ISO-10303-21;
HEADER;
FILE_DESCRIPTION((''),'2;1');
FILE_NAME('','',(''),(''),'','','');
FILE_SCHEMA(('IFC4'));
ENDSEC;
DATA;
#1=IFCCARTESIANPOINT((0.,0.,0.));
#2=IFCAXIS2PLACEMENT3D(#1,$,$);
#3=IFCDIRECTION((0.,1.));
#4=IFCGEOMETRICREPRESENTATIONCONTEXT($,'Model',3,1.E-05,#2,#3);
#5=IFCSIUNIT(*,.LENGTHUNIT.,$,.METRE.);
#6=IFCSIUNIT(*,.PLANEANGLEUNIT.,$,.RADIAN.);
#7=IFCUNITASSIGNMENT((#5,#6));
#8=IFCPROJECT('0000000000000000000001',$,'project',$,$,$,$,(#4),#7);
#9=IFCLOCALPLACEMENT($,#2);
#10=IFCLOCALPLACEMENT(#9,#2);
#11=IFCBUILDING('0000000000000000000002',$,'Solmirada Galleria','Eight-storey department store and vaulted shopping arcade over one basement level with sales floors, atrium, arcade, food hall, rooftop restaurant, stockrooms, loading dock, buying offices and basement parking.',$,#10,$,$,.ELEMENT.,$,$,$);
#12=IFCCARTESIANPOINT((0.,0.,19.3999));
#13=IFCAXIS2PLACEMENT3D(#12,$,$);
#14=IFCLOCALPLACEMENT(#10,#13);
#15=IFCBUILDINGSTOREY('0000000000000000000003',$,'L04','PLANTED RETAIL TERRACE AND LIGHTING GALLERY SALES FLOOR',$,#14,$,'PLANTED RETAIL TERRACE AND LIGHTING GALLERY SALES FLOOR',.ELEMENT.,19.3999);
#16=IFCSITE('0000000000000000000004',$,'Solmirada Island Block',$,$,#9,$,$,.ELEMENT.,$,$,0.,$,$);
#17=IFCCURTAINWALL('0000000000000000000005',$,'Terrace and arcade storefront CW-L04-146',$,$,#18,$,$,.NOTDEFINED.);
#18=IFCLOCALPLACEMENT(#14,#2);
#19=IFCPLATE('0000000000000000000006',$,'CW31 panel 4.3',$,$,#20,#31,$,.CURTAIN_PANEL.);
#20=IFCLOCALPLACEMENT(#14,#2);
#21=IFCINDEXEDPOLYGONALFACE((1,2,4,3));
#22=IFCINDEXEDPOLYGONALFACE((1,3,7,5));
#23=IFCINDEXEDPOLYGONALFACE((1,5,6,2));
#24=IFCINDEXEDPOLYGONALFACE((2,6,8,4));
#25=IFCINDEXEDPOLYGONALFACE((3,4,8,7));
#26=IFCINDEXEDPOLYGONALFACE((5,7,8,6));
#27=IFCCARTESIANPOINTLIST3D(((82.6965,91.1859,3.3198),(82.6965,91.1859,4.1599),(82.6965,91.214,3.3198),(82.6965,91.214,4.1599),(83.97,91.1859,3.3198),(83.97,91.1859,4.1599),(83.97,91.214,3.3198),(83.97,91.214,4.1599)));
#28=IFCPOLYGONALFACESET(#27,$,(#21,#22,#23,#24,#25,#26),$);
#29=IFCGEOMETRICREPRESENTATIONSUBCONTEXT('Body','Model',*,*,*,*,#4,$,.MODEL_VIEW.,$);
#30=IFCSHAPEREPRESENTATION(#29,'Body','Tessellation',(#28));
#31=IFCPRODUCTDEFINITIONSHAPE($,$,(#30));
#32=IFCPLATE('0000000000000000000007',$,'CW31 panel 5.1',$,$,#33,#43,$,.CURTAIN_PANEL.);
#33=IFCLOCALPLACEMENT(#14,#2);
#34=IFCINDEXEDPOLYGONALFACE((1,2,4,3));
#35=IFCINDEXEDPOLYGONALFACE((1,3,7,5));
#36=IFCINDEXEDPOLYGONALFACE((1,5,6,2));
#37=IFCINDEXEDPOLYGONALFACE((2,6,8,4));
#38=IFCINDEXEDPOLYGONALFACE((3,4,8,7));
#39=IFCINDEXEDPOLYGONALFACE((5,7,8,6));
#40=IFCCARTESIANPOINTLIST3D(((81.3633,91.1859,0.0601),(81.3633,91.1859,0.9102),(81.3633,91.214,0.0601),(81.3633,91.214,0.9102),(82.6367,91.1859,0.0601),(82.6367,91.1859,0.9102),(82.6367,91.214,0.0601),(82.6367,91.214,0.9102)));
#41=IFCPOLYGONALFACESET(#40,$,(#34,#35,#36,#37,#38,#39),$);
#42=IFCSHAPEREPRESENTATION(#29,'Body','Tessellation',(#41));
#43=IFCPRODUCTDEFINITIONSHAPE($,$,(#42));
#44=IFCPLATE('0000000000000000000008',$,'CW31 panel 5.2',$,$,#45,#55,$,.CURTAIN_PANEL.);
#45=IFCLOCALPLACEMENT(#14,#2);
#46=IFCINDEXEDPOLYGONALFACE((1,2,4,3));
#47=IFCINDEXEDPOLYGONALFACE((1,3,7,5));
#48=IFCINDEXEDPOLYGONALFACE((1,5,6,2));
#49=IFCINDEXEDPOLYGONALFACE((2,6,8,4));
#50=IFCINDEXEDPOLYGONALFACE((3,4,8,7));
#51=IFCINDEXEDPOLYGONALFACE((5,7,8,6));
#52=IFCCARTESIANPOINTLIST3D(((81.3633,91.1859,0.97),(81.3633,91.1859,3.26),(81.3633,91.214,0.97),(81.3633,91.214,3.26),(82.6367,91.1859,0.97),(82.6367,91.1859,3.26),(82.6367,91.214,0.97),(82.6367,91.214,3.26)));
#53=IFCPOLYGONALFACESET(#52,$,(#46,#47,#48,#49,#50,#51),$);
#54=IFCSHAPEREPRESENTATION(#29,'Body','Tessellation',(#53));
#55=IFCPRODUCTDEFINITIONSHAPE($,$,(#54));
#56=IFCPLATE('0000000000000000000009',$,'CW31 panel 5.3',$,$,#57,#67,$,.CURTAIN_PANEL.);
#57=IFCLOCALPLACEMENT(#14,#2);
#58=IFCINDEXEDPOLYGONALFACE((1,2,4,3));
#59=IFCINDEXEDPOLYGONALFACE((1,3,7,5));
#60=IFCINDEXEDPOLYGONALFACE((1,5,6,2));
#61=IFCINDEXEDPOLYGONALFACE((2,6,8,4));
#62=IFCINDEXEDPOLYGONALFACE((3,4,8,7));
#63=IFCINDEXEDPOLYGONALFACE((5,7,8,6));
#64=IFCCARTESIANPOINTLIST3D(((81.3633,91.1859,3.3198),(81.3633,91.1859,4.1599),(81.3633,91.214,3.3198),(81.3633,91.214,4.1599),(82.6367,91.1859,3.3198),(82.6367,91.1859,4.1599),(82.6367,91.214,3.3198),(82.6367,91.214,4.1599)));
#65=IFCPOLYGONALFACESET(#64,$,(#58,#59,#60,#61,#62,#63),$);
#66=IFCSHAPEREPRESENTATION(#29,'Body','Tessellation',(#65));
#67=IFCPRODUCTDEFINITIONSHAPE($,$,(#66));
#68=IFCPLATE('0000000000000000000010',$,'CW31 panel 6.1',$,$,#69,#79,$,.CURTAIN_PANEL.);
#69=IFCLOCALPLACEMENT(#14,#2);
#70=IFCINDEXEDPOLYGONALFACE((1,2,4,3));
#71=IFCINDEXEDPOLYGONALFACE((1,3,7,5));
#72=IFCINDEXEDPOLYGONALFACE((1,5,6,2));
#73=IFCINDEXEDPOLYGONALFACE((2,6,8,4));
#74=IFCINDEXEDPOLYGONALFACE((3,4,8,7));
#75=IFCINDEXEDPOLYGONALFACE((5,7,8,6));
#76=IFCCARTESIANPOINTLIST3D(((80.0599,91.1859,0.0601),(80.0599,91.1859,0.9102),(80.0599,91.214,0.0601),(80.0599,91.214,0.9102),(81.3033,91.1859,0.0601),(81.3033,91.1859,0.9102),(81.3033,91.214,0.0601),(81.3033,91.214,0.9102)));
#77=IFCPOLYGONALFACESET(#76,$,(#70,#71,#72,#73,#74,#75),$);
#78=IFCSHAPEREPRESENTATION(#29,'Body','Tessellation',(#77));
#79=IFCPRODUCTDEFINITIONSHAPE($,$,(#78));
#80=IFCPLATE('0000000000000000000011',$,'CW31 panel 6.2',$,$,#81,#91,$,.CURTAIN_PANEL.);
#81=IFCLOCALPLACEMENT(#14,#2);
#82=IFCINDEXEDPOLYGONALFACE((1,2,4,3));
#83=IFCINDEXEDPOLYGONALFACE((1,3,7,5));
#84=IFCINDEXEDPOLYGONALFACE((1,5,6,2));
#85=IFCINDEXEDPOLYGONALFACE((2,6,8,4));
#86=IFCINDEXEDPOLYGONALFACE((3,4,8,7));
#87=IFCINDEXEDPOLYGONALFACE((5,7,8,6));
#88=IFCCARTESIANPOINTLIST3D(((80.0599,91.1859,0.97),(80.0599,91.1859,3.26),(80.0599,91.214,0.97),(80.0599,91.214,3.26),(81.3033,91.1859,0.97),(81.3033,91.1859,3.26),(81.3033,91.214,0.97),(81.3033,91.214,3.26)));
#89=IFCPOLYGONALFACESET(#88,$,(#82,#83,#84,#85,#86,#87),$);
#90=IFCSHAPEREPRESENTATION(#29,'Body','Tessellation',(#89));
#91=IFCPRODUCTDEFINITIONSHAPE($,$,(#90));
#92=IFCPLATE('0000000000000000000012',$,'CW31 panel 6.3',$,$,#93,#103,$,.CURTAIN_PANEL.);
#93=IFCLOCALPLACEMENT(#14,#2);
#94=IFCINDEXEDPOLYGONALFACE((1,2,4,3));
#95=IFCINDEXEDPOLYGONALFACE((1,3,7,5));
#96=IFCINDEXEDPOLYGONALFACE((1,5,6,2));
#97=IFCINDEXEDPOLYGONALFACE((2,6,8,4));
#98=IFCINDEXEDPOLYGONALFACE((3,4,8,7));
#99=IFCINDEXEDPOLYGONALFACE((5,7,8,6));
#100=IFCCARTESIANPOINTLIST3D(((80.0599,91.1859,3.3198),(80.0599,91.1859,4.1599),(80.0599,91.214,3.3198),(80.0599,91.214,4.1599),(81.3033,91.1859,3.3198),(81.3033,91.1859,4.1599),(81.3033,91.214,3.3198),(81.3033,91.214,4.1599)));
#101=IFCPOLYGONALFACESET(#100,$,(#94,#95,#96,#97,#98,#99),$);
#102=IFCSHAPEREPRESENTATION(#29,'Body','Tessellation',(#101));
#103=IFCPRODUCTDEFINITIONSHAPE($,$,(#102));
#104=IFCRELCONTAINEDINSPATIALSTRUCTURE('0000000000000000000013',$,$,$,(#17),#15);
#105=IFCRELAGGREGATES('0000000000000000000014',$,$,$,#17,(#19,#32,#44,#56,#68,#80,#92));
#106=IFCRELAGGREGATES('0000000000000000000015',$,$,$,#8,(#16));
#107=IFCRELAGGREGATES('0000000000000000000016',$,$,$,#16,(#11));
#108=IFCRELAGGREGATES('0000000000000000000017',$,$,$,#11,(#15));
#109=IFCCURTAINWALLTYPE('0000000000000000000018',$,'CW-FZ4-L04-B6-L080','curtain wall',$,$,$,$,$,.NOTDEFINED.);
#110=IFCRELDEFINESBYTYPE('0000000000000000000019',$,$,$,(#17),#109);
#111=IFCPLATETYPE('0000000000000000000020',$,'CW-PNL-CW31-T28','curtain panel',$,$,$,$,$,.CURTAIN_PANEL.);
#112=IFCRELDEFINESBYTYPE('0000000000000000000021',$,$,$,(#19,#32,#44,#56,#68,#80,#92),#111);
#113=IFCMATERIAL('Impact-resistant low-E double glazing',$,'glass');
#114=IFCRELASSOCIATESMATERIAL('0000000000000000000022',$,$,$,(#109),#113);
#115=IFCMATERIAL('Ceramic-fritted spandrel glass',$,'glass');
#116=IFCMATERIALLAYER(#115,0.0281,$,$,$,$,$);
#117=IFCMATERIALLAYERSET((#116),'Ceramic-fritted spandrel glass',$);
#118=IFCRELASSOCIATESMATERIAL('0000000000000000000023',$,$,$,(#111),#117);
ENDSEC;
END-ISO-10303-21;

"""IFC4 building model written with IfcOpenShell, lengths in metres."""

from ifc_helpers import new_model, si_unit, direction, frame, origin, origin_2d, place, context, subcontext, project, spatial, rectangle, extrude, material, layer, layer_set, type_object, element, aggregate, save


model = new_model("IFC4")

# Units and contexts
model_context = context("Model", 3, precision=1e-05, world=origin(), true_north=direction((0.0, 1.0)))
body_context = subcontext(model_context, "Body", "Model", "MODEL_VIEW")
ifc_project = project(units=[si_unit("LENGTHUNIT", "METRE"), si_unit("PLANEANGLEUNIT", "RADIAN")], contexts=[model_context])

# Site, building, storey
site_placement = place(None, origin())
site = spatial("IfcSite", under=ifc_project, at=site_placement, Name="Solmirada Island Block", CompositionType="ELEMENT", RefElevation=0.0)
building_placement = place(site_placement, origin())
building = spatial("IfcBuilding", under=site, at=building_placement, Name="Solmirada Galleria", Description="Eight-storey department store and vaulted shopping arcade over one basement level with sales floors, atrium, arcade, food hall, rooftop restaurant, stockrooms, loading dock, buying offices and basement parking.", CompositionType="ELEMENT")
storey_placement = place(building_placement, frame((0.0, 0.0, 19.3999)))
storey = spatial("IfcBuildingStorey", under=building, at=storey_placement, Name="L04", Description="PLANTED RETAIL TERRACE AND LIGHTING GALLERY SALES FLOOR", LongName="PLANTED RETAIL TERRACE AND LIGHTING GALLERY SALES FLOOR", CompositionType="ELEMENT", Elevation=19.3999)

# Curtain wall, plates
ifc_material_1 = material(Name="Impact-resistant low-E double glazing", Category="glass")
curtain_wall_type = type_object("IfcCurtainWallType", Name="CW-FZ4-L04-B6-L080", Description="curtain wall", PredefinedType="NOTDEFINED", material=ifc_material_1)
curtain_wall_placement = place(storey_placement, origin())
curtain_wall = element("IfcCurtainWall", 1, at=curtain_wall_placement, inside=storey, type_object=curtain_wall_type, Name="Terrace and arcade storefront CW-L04-146", PredefinedType="NOTDEFINED")
ifc_material_2 = material(Name="Ceramic-fritted spandrel glass", Category="glass")
ifc_layer = layer(ifc_material_2, 0.0281)
ifc_layer_set = layer_set([ifc_layer], Name="Ceramic-fritted spandrel glass")
plate_type = type_object("IfcPlateType", Name="CW-PNL-CW31-T28", Description="curtain panel", PredefinedType="CURTAIN_PANEL", material=ifc_layer_set)
plate_1_placement = place(storey_placement, frame((83.3333, 91.2, 3.3198), z_axis=(0.0, 0.0, 1.0), x_axis=(-1.0, 0.0, 0.0)))
plate_1 = element("IfcPlate", 2, at=plate_1_placement, type_object=plate_type, Name="CW31 panel 4.3", PredefinedType="CURTAIN_PANEL", context=body_context, shape_type="SweptSolid", body=[
    extrude(rectangle(XDim=1.2734, YDim=0.0281, at=origin_2d()), origin(), (0.0, 0.0, 1.0), 0.8401),
])
plate_2_placement = place(storey_placement, frame((82.0, 91.2, 0.0601), z_axis=(0.0, 0.0, 1.0), x_axis=(-1.0, 0.0, 0.0)))
plate_2 = element("IfcPlate", 3, at=plate_2_placement, type_object=plate_type, Name="CW31 panel 5.1", PredefinedType="CURTAIN_PANEL", context=body_context, shape_type="SweptSolid", body=[
    extrude(rectangle(XDim=1.2734, YDim=0.0281, at=origin_2d()), origin(), (0.0, 0.0, 1.0), 0.8501),
])
plate_3_placement = place(storey_placement, frame((82.0, 91.2, 0.97), z_axis=(0.0, 0.0, 1.0), x_axis=(-1.0, 0.0, 0.0)))
plate_3 = element("IfcPlate", 4, at=plate_3_placement, type_object=plate_type, Name="CW31 panel 5.2", PredefinedType="CURTAIN_PANEL", context=body_context, shape_type="SweptSolid", body=[
    extrude(rectangle(XDim=1.2734, YDim=0.0281, at=origin_2d()), origin(), (0.0, 0.0, 1.0), 2.29),
])
plate_4_placement = place(storey_placement, frame((82.0, 91.2, 3.3198), z_axis=(0.0, 0.0, 1.0), x_axis=(-1.0, 0.0, 0.0)))
plate_4 = element("IfcPlate", 5, at=plate_4_placement, type_object=plate_type, Name="CW31 panel 5.3", PredefinedType="CURTAIN_PANEL", context=body_context, shape_type="SweptSolid", body=[
    extrude(rectangle(XDim=1.2734, YDim=0.0281, at=origin_2d()), origin(), (0.0, 0.0, 1.0), 0.8401),
])
plate_5_placement = place(storey_placement, frame((80.6816, 91.2, 0.0601), z_axis=(0.0, 0.0, 1.0), x_axis=(-1.0, 0.0, 0.0)))
plate_5 = element("IfcPlate", 6, at=plate_5_placement, type_object=plate_type, Name="CW31 panel 6.1", PredefinedType="CURTAIN_PANEL", context=body_context, shape_type="SweptSolid", body=[
    extrude(rectangle(XDim=1.2434, YDim=0.0281, at=origin_2d()), origin(), (0.0, 0.0, 1.0), 0.8501),
])
plate_6_placement = place(storey_placement, frame((80.6816, 91.2, 0.97), z_axis=(0.0, 0.0, 1.0), x_axis=(-1.0, 0.0, 0.0)))
plate_6 = element("IfcPlate", 7, at=plate_6_placement, type_object=plate_type, Name="CW31 panel 6.2", PredefinedType="CURTAIN_PANEL", context=body_context, shape_type="SweptSolid", body=[
    extrude(rectangle(XDim=1.2434, YDim=0.0281, at=origin_2d()), origin(), (0.0, 0.0, 1.0), 2.29),
])
plate_7_placement = place(storey_placement, frame((80.6816, 91.2, 3.3198), z_axis=(0.0, 0.0, 1.0), x_axis=(-1.0, 0.0, 0.0)))
plate_7 = element("IfcPlate", 8, at=plate_7_placement, type_object=plate_type, Name="CW31 panel 6.3", PredefinedType="CURTAIN_PANEL", context=body_context, shape_type="SweptSolid", body=[
    extrude(rectangle(XDim=1.2434, YDim=0.0281, at=origin_2d()), origin(), (0.0, 0.0, 1.0), 0.8401),
])
aggregate(curtain_wall, [plate_1, plate_2, plate_3, plate_4, plate_5, plate_6, plate_7])

save(model, "model.ifc")
